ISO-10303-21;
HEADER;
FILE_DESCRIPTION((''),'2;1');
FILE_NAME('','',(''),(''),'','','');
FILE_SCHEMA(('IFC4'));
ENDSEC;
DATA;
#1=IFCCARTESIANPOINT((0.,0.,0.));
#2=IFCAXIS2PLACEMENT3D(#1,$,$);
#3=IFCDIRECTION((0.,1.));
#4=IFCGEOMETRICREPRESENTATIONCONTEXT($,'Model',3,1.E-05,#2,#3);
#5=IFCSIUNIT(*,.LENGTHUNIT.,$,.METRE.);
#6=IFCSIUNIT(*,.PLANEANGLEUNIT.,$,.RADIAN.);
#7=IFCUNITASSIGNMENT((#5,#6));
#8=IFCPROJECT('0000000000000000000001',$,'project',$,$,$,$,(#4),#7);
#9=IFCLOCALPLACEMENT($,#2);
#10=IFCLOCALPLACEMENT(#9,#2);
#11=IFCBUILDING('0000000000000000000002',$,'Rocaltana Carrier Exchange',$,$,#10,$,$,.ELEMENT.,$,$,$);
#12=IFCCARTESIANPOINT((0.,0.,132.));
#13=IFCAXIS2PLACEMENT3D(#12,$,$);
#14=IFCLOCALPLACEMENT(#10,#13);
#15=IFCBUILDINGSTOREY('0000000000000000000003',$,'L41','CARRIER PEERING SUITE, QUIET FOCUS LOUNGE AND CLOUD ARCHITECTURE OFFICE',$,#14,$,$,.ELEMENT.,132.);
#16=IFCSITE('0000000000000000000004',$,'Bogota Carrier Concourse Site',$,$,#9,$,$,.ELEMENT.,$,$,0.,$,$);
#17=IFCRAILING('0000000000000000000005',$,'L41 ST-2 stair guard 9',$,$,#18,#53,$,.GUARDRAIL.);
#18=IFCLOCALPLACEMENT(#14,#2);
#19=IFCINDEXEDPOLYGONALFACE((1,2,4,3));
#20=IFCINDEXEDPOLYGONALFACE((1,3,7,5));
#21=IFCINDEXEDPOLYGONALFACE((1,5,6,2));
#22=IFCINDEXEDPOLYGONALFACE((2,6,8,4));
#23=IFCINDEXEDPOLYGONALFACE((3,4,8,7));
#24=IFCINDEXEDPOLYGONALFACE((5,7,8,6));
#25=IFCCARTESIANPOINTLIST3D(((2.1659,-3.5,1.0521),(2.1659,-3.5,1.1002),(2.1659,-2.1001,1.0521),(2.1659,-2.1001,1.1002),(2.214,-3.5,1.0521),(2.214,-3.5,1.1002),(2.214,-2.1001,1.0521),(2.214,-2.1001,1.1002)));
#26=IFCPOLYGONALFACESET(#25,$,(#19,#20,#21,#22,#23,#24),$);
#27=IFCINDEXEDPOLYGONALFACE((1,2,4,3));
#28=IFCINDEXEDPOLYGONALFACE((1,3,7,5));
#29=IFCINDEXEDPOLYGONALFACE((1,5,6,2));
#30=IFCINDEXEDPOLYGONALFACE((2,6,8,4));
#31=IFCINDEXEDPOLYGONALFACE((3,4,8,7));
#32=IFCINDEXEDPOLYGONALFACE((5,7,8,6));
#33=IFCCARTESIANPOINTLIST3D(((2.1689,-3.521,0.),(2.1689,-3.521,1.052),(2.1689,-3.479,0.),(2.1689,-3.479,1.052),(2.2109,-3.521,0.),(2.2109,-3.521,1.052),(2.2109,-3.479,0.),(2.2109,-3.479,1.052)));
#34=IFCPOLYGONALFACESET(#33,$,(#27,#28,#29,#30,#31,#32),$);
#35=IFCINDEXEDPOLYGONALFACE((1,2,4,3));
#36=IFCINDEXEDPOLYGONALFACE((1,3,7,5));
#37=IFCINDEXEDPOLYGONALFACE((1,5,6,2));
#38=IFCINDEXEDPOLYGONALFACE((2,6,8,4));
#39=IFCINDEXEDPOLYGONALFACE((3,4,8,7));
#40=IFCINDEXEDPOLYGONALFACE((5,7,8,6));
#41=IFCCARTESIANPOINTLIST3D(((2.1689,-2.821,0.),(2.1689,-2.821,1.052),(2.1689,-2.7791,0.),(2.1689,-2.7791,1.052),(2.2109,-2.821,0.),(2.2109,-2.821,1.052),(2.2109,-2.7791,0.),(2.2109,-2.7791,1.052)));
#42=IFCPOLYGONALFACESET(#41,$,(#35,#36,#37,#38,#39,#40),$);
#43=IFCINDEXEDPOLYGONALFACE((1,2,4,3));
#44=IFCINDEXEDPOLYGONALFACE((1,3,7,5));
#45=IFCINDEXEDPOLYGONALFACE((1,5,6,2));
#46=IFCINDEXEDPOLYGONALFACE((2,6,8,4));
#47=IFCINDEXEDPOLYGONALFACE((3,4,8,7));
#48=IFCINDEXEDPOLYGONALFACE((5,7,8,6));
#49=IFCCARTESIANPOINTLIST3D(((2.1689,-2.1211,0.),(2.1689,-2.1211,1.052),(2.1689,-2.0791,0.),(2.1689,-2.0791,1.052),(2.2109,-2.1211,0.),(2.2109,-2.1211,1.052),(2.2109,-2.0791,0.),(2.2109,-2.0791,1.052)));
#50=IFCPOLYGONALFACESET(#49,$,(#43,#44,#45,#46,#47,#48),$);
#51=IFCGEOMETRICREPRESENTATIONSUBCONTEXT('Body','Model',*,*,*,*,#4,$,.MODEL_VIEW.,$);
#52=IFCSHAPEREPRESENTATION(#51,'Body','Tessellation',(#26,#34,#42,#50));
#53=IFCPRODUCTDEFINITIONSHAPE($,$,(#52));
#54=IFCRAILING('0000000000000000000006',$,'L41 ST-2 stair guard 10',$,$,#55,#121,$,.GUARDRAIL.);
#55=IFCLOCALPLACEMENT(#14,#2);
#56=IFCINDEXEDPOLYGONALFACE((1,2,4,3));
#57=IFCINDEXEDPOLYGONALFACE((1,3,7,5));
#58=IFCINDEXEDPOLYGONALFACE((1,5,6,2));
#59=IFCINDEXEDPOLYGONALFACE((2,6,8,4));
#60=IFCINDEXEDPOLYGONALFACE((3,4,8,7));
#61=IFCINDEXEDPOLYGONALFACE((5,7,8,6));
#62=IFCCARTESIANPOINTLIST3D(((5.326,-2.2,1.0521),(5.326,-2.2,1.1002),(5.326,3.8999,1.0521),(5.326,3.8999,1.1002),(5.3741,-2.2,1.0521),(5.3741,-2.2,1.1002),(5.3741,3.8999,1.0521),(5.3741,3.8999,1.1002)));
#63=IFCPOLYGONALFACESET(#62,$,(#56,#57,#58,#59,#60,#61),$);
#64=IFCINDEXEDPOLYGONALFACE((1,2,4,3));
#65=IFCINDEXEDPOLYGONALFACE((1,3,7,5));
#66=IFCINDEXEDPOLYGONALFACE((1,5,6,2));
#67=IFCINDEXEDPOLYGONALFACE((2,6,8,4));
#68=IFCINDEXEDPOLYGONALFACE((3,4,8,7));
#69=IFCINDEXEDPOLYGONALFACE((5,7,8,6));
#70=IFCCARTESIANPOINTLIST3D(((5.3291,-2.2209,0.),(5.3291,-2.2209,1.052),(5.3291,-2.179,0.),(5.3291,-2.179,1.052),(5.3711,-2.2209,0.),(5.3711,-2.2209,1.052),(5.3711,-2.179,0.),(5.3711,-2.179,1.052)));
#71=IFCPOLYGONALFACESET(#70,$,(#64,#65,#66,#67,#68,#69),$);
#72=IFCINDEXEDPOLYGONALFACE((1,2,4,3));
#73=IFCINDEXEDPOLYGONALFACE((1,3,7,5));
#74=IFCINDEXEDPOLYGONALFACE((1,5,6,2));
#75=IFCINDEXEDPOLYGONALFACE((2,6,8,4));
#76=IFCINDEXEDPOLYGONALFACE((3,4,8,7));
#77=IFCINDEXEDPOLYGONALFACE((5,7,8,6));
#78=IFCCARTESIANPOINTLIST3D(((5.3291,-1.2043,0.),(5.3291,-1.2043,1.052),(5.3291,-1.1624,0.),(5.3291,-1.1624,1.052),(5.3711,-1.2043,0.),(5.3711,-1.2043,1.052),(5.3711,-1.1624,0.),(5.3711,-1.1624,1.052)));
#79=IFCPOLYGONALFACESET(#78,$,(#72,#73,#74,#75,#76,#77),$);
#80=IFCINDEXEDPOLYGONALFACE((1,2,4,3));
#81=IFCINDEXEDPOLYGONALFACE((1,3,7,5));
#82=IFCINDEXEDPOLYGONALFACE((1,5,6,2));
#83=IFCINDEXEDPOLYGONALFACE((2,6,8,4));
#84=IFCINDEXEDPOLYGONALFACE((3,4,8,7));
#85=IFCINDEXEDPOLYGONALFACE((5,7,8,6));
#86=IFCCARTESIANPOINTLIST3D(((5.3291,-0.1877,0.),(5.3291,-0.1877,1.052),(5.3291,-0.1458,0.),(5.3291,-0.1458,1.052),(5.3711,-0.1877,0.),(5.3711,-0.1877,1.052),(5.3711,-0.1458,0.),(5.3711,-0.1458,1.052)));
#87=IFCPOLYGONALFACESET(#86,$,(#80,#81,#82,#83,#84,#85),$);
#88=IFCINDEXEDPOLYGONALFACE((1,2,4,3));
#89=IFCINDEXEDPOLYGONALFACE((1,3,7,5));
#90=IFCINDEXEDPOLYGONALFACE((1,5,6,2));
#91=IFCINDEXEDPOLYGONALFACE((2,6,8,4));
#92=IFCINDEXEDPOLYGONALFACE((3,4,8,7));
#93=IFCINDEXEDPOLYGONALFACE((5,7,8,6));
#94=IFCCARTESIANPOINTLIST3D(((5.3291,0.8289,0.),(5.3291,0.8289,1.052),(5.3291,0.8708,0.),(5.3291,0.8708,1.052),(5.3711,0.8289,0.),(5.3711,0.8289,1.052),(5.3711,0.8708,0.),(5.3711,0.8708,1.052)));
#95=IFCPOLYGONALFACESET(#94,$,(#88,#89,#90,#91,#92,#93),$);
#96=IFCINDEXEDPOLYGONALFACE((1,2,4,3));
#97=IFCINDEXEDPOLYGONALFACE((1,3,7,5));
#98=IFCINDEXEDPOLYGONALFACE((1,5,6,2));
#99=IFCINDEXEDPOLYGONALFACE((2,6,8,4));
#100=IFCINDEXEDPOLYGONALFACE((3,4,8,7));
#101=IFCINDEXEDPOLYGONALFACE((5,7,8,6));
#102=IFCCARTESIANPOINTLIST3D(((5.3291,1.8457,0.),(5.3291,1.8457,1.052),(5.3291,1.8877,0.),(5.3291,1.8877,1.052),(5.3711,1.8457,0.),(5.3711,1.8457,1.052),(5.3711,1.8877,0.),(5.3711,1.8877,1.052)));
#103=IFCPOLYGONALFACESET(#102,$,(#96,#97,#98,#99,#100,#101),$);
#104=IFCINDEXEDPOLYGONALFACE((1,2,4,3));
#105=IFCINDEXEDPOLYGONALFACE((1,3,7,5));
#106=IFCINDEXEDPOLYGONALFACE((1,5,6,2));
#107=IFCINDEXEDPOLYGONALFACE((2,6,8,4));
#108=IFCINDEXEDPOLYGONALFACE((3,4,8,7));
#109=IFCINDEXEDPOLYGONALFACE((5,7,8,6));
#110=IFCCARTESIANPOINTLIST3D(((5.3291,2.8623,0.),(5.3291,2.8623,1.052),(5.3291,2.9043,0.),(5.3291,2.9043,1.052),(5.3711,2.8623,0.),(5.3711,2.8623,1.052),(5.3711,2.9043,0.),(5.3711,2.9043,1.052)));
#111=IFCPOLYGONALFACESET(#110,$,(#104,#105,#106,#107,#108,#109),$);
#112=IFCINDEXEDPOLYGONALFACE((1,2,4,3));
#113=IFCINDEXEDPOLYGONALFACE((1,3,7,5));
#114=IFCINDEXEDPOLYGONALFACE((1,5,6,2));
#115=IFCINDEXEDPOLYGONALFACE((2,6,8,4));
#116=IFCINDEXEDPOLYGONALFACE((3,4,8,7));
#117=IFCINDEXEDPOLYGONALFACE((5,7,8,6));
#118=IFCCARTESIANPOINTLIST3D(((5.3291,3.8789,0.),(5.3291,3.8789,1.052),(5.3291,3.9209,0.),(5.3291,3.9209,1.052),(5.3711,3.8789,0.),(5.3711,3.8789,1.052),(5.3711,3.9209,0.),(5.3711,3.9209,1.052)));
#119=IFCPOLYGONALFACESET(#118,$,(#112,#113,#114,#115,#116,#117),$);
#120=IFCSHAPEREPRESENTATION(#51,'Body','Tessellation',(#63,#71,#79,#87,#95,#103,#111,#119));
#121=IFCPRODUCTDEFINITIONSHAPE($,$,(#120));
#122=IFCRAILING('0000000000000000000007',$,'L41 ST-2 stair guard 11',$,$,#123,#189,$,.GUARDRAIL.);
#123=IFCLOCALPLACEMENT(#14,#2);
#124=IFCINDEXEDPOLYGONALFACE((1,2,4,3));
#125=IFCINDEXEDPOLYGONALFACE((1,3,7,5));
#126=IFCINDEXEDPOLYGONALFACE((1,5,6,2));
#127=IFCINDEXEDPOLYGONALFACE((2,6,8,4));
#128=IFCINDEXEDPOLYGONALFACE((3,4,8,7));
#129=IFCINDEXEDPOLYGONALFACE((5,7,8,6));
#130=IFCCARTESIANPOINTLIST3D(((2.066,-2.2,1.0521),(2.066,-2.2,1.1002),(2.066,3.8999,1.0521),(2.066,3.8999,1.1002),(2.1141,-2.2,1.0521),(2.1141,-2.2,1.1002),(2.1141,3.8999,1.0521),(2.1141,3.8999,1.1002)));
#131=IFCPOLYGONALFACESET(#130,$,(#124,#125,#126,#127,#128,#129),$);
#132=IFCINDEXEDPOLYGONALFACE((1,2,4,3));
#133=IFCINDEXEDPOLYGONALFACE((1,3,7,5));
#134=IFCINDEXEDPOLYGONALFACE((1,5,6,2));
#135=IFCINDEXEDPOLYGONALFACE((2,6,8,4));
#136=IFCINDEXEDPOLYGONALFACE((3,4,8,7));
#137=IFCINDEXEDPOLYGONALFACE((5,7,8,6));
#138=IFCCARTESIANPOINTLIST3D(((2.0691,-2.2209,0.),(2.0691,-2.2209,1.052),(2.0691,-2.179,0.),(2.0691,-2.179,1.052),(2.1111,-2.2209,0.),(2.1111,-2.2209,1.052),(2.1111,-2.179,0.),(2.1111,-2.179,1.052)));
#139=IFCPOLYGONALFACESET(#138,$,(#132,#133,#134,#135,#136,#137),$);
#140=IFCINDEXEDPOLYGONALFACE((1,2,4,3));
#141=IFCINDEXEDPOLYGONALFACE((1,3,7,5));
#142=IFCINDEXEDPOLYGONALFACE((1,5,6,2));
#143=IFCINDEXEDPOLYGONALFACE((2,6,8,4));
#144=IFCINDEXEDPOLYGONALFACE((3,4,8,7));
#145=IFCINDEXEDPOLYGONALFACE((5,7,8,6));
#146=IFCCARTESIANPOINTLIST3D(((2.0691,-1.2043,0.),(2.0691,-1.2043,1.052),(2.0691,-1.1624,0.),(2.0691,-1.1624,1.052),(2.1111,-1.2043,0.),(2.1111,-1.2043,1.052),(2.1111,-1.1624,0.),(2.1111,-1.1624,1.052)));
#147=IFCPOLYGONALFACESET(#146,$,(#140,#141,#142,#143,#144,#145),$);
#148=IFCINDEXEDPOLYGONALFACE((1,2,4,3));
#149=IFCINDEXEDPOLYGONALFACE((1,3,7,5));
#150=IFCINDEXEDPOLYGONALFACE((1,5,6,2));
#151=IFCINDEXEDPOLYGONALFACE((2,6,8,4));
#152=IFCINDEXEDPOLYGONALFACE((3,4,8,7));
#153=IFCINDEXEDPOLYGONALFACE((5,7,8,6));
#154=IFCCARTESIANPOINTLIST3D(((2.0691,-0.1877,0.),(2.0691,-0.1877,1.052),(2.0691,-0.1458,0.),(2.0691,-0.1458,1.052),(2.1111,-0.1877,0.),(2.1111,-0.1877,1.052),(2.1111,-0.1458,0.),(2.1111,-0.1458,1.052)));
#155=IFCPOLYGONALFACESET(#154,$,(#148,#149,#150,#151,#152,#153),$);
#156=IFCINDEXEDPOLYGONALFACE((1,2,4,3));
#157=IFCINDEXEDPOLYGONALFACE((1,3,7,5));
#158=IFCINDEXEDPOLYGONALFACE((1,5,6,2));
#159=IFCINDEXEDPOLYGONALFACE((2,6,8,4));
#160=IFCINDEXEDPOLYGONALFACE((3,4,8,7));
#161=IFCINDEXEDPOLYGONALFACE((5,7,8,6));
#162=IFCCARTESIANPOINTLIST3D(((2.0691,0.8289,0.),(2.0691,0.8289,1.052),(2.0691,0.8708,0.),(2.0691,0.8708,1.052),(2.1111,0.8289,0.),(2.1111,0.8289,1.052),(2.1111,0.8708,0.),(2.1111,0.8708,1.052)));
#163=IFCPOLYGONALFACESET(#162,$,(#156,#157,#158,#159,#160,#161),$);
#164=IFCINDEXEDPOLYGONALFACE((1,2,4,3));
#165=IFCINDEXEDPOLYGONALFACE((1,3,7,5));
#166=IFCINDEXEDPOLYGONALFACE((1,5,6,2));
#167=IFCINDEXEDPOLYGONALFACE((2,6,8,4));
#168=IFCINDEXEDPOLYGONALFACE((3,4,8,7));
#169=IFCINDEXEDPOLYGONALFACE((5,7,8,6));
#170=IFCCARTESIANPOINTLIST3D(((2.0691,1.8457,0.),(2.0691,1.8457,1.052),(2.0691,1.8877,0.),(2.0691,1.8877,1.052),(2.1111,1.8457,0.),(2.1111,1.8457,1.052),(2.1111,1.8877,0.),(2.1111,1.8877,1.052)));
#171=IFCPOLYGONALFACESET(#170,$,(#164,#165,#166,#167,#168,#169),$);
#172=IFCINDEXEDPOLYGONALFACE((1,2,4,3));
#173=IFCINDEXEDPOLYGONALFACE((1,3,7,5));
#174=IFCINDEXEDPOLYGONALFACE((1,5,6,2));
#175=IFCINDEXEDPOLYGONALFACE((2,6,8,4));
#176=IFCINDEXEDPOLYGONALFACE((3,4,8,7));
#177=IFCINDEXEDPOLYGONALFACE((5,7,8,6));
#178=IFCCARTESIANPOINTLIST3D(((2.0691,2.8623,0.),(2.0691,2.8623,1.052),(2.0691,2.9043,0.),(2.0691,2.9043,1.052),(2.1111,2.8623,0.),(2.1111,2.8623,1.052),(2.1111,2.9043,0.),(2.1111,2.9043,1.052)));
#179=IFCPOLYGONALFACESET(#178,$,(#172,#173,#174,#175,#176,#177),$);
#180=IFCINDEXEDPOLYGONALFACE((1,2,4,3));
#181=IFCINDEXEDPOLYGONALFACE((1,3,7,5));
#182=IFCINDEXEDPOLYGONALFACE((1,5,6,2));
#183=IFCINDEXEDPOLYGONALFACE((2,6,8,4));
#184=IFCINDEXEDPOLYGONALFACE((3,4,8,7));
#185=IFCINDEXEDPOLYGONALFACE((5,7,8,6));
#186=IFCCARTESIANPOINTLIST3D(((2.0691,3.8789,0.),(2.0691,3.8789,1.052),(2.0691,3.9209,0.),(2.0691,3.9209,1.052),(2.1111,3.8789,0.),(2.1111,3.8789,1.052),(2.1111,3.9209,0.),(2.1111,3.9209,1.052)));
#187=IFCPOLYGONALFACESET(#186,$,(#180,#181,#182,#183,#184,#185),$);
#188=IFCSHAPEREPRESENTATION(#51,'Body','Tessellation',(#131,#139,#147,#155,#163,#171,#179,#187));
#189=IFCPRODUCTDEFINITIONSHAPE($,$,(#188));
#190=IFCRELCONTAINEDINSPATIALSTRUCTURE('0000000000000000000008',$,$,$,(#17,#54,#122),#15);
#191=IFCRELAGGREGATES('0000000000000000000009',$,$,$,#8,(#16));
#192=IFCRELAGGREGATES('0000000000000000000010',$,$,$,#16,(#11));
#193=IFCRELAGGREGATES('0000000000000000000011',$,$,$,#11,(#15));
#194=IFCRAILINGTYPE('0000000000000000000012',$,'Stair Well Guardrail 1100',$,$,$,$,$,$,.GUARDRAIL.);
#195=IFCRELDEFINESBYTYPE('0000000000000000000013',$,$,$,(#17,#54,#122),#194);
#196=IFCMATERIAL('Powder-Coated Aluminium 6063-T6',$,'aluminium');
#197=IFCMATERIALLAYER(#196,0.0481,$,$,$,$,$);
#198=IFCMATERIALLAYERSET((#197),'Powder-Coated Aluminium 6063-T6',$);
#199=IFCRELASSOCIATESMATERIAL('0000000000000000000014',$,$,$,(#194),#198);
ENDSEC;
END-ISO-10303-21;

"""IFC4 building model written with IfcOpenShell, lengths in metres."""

from ifc_helpers import new_model, si_unit, direction, frame, origin, origin_2d, place, context, subcontext, project, spatial, rectangle, extrude, material, layer, layer_set, type_object, element, save


model = new_model("IFC4")

# Units and contexts
model_context = context("Model", 3, precision=1e-05, world=origin(), true_north=direction((0.0, 1.0)))
body_context = subcontext(model_context, "Body", "Model", "MODEL_VIEW")
ifc_project = project(units=[si_unit("LENGTHUNIT", "METRE"), si_unit("PLANEANGLEUNIT", "RADIAN")], contexts=[model_context])

# Site, building, storey
site_placement = place(None, origin())
site = spatial("IfcSite", under=ifc_project, at=site_placement, Name="Bogota Carrier Concourse Site", CompositionType="ELEMENT", RefElevation=0.0)
building_placement = place(site_placement, origin())
building = spatial("IfcBuilding", under=site, at=building_placement, Name="Rocaltana Carrier Exchange", CompositionType="ELEMENT")
storey_placement = place(building_placement, frame((0.0, 0.0, 132.0)))
storey = spatial("IfcBuildingStorey", under=building, at=storey_placement, Name="L41", Description="CARRIER PEERING SUITE, QUIET FOCUS LOUNGE AND CLOUD ARCHITECTURE OFFICE", CompositionType="ELEMENT", Elevation=132.0)

# Railings
ifc_material_1 = material(Name="Powder-Coated Aluminium 6063-T6", Category="aluminium")
ifc_layer_1 = layer(ifc_material_1, 0.0481)
ifc_layer_set_1 = layer_set([ifc_layer_1], Name="Powder-Coated Aluminium 6063-T6")
railing_type_1 = type_object("IfcRailingType", Name="Stair Well Guardrail 1100", PredefinedType="GUARDRAIL", material=ifc_layer_set_1)
for number, where, name in (
    (1, (2.1899, -3.5, 0.0), "L41 ST-2 stair guard 9"),
):
    element("IfcRailing", number, at=place(storey_placement, frame(where)), inside=storey, type_object=railing_type_1, Name=name, PredefinedType="GUARDRAIL", context=body_context, shape_type="SweptSolid", body=[
        extrude(rectangle(XDim=0.0481, YDim=0.0481, at=origin_2d()), frame((0.0, 0.0, 1.0762), z_axis=(0.0, 1.0, 0.0), x_axis=(-1.0, 0.0, 0.0)), (0.0, 0.0, 1.0), 1.3999),
        extrude(rectangle(XDim=0.042, YDim=0.042, at=origin_2d()), origin(), (0.0, 0.0, 1.0), 1.052),
        extrude(rectangle(XDim=0.042, YDim=0.042, at=origin_2d()), frame((0.0, 0.7, 0.0)), (0.0, 0.0, 1.0), 1.052),
        extrude(rectangle(XDim=0.042, YDim=0.042, at=origin_2d()), frame((0.0, 1.3999, 0.0)), (0.0, 0.0, 1.0), 1.052),
    ])
for number, where, name in (
    (2, (5.3501, -2.2, 0.0), "L41 ST-2 stair guard 10"),
    (3, (2.0901, -2.2, 0.0), "L41 ST-2 stair guard 11"),
):
    element("IfcRailing", number, at=place(storey_placement, frame(where)), inside=storey, type_object=railing_type_1, Name=name, PredefinedType="GUARDRAIL", context=body_context, shape_type="SweptSolid", body=[
        extrude(rectangle(XDim=0.0481, YDim=0.0481, at=origin_2d()), frame((0.0, 0.0, 1.0762), z_axis=(0.0, 1.0, 0.0), x_axis=(-1.0, 0.0, 0.0)), (0.0, 0.0, 1.0), 6.0999),
        extrude(rectangle(XDim=0.042, YDim=0.042, at=origin_2d()), origin(), (0.0, 0.0, 1.0), 1.052),
        extrude(rectangle(XDim=0.042, YDim=0.042, at=origin_2d()), frame((0.0, 1.0166, 0.0)), (0.0, 0.0, 1.0), 1.052),
        extrude(rectangle(XDim=0.042, YDim=0.042, at=origin_2d()), frame((0.0, 2.0332, 0.0)), (0.0, 0.0, 1.0), 1.052),
        extrude(rectangle(XDim=0.042, YDim=0.042, at=origin_2d()), frame((0.0, 3.0498, 0.0)), (0.0, 0.0, 1.0), 1.052),
        extrude(rectangle(XDim=0.042, YDim=0.042, at=origin_2d()), frame((0.0, 4.0667, 0.0)), (0.0, 0.0, 1.0), 1.052),
        extrude(rectangle(XDim=0.042, YDim=0.042, at=origin_2d()), frame((0.0, 5.0833, 0.0)), (0.0, 0.0, 1.0), 1.052),
        extrude(rectangle(XDim=0.042, YDim=0.042, at=origin_2d()), frame((0.0, 6.0999, 0.0)), (0.0, 0.0, 1.0), 1.052),
    ])

save(model, "model.ifc")
